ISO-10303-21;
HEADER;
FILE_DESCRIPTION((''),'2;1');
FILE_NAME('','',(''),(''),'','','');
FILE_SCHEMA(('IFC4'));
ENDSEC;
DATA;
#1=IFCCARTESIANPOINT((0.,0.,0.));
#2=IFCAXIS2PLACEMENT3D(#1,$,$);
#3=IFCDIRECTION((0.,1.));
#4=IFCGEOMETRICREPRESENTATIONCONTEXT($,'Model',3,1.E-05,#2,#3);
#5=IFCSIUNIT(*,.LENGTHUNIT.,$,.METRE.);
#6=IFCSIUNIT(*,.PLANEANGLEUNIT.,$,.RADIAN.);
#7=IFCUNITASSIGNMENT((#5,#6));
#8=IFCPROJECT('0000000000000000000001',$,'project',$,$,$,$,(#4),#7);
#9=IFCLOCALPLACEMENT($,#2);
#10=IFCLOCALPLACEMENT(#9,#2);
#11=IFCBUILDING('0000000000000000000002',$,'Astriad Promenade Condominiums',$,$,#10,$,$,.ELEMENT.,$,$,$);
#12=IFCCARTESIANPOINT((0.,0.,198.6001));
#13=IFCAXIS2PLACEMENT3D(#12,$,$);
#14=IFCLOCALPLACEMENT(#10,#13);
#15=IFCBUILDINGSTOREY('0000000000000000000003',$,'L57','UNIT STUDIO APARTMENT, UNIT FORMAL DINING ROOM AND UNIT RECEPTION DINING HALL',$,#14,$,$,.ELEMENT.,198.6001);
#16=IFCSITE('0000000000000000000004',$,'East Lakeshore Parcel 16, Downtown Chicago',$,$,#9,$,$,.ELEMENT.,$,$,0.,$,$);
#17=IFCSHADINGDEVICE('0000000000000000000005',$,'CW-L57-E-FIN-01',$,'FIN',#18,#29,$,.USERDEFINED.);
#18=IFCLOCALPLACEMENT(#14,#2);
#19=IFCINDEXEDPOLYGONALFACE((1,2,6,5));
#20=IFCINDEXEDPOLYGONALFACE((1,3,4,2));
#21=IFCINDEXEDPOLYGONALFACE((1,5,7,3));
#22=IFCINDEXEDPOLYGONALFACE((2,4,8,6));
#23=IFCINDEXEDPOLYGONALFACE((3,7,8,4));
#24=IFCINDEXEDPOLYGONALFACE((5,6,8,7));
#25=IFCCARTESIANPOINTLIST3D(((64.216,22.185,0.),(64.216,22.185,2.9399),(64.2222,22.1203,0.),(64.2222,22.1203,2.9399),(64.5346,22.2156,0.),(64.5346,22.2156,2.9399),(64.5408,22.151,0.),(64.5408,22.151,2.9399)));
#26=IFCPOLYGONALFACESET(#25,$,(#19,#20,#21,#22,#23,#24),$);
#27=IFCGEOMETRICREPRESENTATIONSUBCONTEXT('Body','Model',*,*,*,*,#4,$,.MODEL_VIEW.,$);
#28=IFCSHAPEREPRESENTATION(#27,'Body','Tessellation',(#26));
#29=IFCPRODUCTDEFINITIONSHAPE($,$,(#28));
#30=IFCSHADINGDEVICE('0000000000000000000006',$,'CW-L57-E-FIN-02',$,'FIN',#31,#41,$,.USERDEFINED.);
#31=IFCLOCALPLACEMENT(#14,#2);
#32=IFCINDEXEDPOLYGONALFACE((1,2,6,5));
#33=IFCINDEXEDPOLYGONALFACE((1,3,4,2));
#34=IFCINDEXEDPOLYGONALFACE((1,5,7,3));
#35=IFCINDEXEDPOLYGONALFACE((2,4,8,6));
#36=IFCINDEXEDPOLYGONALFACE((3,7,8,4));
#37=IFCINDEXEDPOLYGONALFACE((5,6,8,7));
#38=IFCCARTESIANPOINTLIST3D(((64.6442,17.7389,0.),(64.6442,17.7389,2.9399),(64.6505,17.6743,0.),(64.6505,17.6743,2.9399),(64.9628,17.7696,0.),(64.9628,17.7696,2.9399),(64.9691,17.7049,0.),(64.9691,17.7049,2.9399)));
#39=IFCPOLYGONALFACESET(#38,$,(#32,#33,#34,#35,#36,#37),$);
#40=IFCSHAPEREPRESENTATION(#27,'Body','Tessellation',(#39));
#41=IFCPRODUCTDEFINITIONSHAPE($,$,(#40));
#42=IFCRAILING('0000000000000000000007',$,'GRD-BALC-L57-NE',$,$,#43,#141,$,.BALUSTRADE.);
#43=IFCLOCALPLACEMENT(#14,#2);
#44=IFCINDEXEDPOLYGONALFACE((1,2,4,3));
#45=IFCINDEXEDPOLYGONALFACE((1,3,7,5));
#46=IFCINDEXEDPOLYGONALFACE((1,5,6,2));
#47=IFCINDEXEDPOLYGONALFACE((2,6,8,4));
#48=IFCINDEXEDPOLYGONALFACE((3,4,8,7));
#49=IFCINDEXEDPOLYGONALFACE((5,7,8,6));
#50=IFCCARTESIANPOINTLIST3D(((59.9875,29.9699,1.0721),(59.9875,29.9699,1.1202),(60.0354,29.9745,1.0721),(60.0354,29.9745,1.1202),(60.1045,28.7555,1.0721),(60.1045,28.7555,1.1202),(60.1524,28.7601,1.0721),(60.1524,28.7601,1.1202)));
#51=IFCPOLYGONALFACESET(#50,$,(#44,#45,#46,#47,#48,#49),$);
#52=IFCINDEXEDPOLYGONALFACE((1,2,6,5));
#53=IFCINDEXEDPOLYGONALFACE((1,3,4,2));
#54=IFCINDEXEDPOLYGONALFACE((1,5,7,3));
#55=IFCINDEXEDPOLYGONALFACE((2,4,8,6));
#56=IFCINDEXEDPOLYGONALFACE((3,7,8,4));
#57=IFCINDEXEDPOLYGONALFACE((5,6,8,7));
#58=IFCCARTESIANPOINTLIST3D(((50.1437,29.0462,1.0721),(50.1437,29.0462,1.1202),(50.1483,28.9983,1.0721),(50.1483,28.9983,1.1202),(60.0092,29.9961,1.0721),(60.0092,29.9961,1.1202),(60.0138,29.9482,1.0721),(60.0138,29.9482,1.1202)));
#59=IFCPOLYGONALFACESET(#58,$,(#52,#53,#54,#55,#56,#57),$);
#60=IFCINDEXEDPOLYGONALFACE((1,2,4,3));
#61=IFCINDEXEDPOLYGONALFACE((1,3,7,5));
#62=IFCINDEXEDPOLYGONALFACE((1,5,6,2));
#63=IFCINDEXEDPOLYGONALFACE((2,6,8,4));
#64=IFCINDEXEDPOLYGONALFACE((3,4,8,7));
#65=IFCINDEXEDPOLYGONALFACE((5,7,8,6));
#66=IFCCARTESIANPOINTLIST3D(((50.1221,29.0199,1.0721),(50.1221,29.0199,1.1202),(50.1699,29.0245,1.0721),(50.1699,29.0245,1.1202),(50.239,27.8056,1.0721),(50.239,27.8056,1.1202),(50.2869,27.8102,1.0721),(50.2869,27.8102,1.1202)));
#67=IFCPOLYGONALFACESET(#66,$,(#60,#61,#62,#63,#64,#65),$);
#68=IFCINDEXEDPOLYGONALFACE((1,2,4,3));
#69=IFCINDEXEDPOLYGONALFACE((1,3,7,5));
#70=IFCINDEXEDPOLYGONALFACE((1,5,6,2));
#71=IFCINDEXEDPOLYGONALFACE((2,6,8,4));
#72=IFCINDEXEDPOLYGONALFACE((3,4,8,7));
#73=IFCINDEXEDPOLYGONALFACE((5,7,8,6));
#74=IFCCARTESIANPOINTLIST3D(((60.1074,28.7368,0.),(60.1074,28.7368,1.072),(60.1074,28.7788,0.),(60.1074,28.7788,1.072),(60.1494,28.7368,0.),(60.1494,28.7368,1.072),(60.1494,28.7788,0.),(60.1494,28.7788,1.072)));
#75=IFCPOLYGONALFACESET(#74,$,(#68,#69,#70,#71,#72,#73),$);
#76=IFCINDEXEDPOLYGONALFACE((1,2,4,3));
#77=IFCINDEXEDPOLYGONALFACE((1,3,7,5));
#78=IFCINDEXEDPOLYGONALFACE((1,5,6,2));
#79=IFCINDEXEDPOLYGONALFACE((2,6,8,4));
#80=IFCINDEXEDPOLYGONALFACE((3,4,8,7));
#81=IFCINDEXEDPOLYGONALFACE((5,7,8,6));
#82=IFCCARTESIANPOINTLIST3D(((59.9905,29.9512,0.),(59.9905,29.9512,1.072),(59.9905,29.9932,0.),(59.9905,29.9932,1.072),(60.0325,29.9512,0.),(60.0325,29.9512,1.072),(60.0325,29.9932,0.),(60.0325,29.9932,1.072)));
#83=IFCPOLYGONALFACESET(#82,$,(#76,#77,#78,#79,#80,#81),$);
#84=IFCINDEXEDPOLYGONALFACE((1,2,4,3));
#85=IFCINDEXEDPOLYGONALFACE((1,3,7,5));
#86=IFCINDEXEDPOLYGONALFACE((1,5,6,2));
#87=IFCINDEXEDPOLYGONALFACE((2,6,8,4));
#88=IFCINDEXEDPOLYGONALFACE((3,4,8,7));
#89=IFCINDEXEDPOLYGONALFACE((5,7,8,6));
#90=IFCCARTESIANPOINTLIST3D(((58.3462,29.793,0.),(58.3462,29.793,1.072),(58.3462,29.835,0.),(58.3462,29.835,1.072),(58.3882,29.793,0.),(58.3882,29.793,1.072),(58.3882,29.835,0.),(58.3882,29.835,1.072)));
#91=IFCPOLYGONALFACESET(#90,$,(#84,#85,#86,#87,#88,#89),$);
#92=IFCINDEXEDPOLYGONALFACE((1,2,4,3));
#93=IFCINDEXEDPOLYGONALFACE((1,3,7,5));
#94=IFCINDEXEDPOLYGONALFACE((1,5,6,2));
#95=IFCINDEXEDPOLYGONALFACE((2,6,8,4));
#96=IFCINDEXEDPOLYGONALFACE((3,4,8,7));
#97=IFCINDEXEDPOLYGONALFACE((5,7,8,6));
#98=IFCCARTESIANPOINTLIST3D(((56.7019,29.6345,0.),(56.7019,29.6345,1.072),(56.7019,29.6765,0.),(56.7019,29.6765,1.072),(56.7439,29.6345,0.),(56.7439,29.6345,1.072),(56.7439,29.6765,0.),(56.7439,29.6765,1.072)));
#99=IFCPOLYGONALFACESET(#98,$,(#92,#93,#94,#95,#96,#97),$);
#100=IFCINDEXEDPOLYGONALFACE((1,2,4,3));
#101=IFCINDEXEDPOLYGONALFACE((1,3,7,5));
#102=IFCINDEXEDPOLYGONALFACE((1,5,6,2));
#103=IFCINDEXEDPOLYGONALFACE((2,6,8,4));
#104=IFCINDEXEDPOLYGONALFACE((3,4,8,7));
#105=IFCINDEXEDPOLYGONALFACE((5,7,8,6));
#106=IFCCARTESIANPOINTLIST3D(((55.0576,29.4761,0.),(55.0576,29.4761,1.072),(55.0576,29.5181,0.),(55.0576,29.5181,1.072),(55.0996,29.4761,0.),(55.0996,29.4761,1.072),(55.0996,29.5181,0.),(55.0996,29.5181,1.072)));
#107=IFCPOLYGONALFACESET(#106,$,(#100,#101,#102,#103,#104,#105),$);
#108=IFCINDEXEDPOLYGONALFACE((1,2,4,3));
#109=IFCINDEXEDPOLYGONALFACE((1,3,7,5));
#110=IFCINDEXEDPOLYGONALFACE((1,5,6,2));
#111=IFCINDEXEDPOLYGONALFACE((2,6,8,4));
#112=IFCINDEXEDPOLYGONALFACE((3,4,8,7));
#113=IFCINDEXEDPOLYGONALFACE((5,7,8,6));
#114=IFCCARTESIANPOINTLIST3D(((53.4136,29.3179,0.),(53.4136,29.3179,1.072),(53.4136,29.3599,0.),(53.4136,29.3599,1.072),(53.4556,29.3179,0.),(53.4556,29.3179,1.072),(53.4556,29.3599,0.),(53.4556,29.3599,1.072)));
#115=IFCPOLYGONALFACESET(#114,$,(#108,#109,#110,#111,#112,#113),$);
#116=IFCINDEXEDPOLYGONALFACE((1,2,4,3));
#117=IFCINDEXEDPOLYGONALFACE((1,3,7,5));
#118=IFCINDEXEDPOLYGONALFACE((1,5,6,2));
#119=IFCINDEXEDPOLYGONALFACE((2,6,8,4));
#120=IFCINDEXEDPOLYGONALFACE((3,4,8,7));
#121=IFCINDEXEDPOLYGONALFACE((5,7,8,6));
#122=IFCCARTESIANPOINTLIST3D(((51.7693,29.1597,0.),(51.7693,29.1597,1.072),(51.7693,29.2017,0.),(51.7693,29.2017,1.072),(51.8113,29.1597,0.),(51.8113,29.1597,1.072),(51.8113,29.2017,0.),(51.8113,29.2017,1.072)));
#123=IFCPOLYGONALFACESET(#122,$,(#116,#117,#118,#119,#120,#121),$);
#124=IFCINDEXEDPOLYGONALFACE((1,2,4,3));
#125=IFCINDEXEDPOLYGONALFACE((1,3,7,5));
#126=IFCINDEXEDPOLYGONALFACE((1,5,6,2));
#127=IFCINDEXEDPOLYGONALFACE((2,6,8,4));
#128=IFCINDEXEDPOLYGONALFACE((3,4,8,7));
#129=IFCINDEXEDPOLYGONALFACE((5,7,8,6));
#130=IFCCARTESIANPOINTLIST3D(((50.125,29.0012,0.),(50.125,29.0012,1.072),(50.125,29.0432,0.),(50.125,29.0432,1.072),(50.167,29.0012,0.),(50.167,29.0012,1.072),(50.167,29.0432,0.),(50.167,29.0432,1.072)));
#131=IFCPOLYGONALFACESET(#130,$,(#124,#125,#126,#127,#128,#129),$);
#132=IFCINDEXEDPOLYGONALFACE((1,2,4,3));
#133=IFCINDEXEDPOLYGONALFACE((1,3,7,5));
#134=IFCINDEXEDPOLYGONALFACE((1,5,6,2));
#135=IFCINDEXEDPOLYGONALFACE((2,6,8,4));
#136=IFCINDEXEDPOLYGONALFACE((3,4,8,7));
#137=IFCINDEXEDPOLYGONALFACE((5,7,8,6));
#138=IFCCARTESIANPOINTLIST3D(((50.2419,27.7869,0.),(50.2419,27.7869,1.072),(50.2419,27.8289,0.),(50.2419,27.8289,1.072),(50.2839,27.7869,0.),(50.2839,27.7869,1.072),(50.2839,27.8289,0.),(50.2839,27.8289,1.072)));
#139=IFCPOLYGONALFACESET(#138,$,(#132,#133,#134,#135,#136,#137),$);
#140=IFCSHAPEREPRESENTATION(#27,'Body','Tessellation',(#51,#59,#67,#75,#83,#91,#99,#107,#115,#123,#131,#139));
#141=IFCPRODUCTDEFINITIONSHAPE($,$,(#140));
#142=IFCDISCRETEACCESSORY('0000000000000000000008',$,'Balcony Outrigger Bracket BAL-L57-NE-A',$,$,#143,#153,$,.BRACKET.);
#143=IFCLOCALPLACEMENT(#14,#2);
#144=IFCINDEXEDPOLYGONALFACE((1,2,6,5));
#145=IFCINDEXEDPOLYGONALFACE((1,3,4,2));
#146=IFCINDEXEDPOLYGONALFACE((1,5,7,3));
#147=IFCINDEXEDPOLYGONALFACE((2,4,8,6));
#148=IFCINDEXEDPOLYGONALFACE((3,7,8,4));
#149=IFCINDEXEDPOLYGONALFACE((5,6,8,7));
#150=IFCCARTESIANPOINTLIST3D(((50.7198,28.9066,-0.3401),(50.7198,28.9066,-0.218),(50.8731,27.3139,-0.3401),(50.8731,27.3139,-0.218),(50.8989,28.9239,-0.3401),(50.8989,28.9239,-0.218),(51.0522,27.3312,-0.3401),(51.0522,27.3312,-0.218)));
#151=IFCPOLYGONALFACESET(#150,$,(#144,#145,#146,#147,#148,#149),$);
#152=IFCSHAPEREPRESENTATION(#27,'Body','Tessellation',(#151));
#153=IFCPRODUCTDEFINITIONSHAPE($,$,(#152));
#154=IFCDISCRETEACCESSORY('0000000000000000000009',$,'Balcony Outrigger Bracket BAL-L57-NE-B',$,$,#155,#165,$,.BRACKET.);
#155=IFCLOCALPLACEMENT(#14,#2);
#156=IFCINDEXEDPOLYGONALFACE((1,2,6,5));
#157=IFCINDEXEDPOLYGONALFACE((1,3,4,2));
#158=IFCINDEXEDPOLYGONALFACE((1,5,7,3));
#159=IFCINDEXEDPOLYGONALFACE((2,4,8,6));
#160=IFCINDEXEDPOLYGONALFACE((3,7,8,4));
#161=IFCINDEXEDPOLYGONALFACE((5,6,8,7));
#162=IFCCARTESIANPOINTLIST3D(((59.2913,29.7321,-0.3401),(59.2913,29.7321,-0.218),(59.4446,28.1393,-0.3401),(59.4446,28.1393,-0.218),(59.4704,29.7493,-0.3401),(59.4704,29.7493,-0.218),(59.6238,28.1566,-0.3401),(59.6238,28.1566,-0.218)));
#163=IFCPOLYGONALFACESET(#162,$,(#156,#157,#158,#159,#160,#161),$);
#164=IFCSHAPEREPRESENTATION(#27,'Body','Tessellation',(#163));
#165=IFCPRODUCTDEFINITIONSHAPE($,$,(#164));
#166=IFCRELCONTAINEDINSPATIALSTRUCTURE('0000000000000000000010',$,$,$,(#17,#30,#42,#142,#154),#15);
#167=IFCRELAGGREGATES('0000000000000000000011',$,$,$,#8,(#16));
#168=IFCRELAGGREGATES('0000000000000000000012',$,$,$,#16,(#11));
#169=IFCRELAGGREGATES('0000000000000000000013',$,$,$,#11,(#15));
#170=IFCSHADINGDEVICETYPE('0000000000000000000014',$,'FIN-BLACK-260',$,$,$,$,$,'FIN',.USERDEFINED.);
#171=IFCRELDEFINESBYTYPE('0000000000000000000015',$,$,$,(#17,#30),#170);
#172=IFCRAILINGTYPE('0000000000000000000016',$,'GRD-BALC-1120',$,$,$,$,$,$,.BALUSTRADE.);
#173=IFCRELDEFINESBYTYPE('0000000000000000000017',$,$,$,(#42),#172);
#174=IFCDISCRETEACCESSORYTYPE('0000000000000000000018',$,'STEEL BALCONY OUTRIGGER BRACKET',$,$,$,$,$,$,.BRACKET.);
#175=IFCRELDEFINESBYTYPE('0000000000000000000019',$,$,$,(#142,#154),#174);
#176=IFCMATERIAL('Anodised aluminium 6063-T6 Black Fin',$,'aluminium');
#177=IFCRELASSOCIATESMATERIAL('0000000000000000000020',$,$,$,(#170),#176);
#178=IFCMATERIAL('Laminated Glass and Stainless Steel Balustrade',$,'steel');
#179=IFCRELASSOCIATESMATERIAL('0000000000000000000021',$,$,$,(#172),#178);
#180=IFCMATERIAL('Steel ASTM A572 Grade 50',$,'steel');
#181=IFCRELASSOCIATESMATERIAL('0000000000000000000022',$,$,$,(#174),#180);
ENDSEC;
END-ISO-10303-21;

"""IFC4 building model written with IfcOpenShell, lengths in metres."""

from ifc_helpers import new_model, si_unit, direction, frame, origin, origin_2d, place, context, subcontext, project, spatial, rectangle, extrude, source, transform, mapped, material, type_object, type_shapes, element, save


model = new_model("IFC4")

# Units and contexts
model_context = context("Model", 3, precision=1e-05, world=origin(), true_north=direction((0.0, 1.0)))
body_context = subcontext(model_context, "Body", "Model", "MODEL_VIEW")
ifc_project = project(units=[si_unit("LENGTHUNIT", "METRE"), si_unit("PLANEANGLEUNIT", "RADIAN")], contexts=[model_context])

# Site, building, storey
site_placement = place(None, origin())
site = spatial("IfcSite", under=ifc_project, at=site_placement, Name="East Lakeshore Parcel 16, Downtown Chicago", CompositionType="ELEMENT", RefElevation=0.0)
building_placement = place(site_placement, origin())
building = spatial("IfcBuilding", under=site, at=building_placement, Name="Astriad Promenade Condominiums", CompositionType="ELEMENT")
storey_placement = place(building_placement, frame((0.0, 0.0, 198.6001)))
storey = spatial("IfcBuildingStorey", under=building, at=storey_placement, Name="L57", Description="UNIT STUDIO APARTMENT, UNIT FORMAL DINING ROOM AND UNIT RECEPTION DINING HALL", CompositionType="ELEMENT", Elevation=198.6001)

# Shading devices
ifc_material_1 = material(Name="Anodised aluminium 6063-T6 Black Fin", Category="aluminium")
shading_device_type = type_object("IfcShadingDeviceType", Name="FIN-BLACK-260", ElementType="FIN", PredefinedType="USERDEFINED", material=ifc_material_1)
shared_shape_1 = source(origin(), body_context, "Body", "SweptSolid", [
    extrude(rectangle(XDim=0.0649, YDim=0.3201, at=origin_2d()), origin(), (0.0, 0.0, 1.0), 2.9399),
])
type_shapes(shading_device_type, [shared_shape_1])
for number, where, z_axis, x_axis, name in (
    (1, (64.3784, 22.168, 0.0), (0.0, 0.0, 1.0), (0.095846, -0.995396, 0.0), "CW-L57-E-FIN-01"),
    (2, (64.8066, 17.7219, 0.0), (0.0, 0.0, 1.0), (0.095846, -0.995396, 0.0), "CW-L57-E-FIN-02"),
):
    element("IfcShadingDevice", number, at=place(storey_placement, frame(where, z_axis=z_axis, x_axis=x_axis)), inside=storey, type_object=shading_device_type, Name=name, ObjectType="FIN", PredefinedType="USERDEFINED", context=body_context, shape_type="MappedRepresentation", body=[
        mapped(shared_shape_1, transform((0.0, 0.0, 0.0), scale=1.0)),
    ])

# Railing
ifc_material_2 = material(Name="Laminated Glass and Stainless Steel Balustrade", Category="steel")
railing_type = type_object("IfcRailingType", Name="GRD-BALC-1120", PredefinedType="BALUSTRADE", material=ifc_material_2)
shared_shape_2 = source(origin(), body_context, "Body", "SweptSolid", [
    extrude(rectangle(XDim=0.0481, YDim=0.0481, at=origin_2d()), frame((0.0, 0.0, 1.0962), z_axis=(-0.095857, 0.995395, 0.0), x_axis=(-0.995395, -0.095857, 0.0)), (0.0, 0.0, 1.0), 1.22),
    extrude(rectangle(XDim=0.0481, YDim=0.0481, at=origin_2d()), frame((-0.1169, 1.2144, 1.0962), z_axis=(-0.995396, -0.095847, 0.0), x_axis=(0.095847, -0.995396, 0.0)), (0.0, 0.0, 1.0), 9.9111),
    extrude(rectangle(XDim=0.0481, YDim=0.0481, at=origin_2d()), frame((-9.9824, 0.2644, 1.0962), z_axis=(0.095857, -0.995395, 0.0), x_axis=(0.995395, 0.095857, 0.0)), (0.0, 0.0, 1.0), 1.22),
    extrude(rectangle(XDim=0.042, YDim=0.042, at=origin_2d()), origin(), (0.0, 0.0, 1.0), 1.072),
    extrude(rectangle(XDim=0.042, YDim=0.042, at=origin_2d()), frame((-0.1169, 1.2144, 0.0)), (0.0, 0.0, 1.0), 1.072),
    extrude(rectangle(XDim=0.042, YDim=0.042, at=origin_2d()), frame((-1.7612, 1.0562, 0.0)), (0.0, 0.0, 1.0), 1.072),
    extrude(rectangle(XDim=0.042, YDim=0.042, at=origin_2d()), frame((-3.4055, 0.8977, 0.0)), (0.0, 0.0, 1.0), 1.072),
    extrude(rectangle(XDim=0.042, YDim=0.042, at=origin_2d()), frame((-5.0498, 0.7393, 0.0)), (0.0, 0.0, 1.0), 1.072),
    extrude(rectangle(XDim=0.042, YDim=0.042, at=origin_2d()), frame((-6.6938, 0.5811, 0.0)), (0.0, 0.0, 1.0), 1.072),
    extrude(rectangle(XDim=0.042, YDim=0.042, at=origin_2d()), frame((-8.3381, 0.4229, 0.0)), (0.0, 0.0, 1.0), 1.072),
    extrude(rectangle(XDim=0.042, YDim=0.042, at=origin_2d()), frame((-9.9824, 0.2644, 0.0)), (0.0, 0.0, 1.0), 1.072),
    extrude(rectangle(XDim=0.042, YDim=0.042, at=origin_2d()), frame((-9.8655, -0.95, 0.0)), (0.0, 0.0, 1.0), 1.072),
])
type_shapes(railing_type, [shared_shape_2])
railing_placement = place(storey_placement, frame((60.1284, 28.7578, 0.0)))
element("IfcRailing", 3, at=railing_placement, inside=storey, type_object=railing_type, Name="GRD-BALC-L57-NE", PredefinedType="BALUSTRADE", context=body_context, shape_type="MappedRepresentation", body=[
    mapped(shared_shape_2, transform((0.0, 0.0, 0.0), scale=1.0)),
])

# Discrete accessories
ifc_material_3 = material(Name="Steel ASTM A572 Grade 50", Category="steel")
discrete_accessory_type = type_object("IfcDiscreteAccessoryType", Name="STEEL BALCONY OUTRIGGER BRACKET", PredefinedType="BRACKET", material=ifc_material_3)
shared_shape_3 = source(origin(), body_context, "Body", "SweptSolid", [
    extrude(rectangle(XDim=1.6001, YDim=0.1799, at=origin_2d()), origin(), (0.0, 0.0, 1.0), 0.1221),
])
type_shapes(discrete_accessory_type, [shared_shape_3])
for number, where, z_axis, x_axis, name in (
    (4, (50.886, 28.1189, -0.3401), (0.0, 0.0, 1.0), (-0.095846, 0.995396, 0.0), "Balcony Outrigger Bracket BAL-L57-NE-A"),
    (5, (59.4575, 28.9443, -0.3401), (0.0, 0.0, 1.0), (-0.095846, 0.995396, 0.0), "Balcony Outrigger Bracket BAL-L57-NE-B"),
):
    element("IfcDiscreteAccessory", number, at=place(storey_placement, frame(where, z_axis=z_axis, x_axis=x_axis)), inside=storey, type_object=discrete_accessory_type, Name=name, PredefinedType="BRACKET", context=body_context, shape_type="MappedRepresentation", body=[
        mapped(shared_shape_3, transform((0.0, 0.0, 0.0), scale=1.0)),
    ])

save(model, "model.ifc")
